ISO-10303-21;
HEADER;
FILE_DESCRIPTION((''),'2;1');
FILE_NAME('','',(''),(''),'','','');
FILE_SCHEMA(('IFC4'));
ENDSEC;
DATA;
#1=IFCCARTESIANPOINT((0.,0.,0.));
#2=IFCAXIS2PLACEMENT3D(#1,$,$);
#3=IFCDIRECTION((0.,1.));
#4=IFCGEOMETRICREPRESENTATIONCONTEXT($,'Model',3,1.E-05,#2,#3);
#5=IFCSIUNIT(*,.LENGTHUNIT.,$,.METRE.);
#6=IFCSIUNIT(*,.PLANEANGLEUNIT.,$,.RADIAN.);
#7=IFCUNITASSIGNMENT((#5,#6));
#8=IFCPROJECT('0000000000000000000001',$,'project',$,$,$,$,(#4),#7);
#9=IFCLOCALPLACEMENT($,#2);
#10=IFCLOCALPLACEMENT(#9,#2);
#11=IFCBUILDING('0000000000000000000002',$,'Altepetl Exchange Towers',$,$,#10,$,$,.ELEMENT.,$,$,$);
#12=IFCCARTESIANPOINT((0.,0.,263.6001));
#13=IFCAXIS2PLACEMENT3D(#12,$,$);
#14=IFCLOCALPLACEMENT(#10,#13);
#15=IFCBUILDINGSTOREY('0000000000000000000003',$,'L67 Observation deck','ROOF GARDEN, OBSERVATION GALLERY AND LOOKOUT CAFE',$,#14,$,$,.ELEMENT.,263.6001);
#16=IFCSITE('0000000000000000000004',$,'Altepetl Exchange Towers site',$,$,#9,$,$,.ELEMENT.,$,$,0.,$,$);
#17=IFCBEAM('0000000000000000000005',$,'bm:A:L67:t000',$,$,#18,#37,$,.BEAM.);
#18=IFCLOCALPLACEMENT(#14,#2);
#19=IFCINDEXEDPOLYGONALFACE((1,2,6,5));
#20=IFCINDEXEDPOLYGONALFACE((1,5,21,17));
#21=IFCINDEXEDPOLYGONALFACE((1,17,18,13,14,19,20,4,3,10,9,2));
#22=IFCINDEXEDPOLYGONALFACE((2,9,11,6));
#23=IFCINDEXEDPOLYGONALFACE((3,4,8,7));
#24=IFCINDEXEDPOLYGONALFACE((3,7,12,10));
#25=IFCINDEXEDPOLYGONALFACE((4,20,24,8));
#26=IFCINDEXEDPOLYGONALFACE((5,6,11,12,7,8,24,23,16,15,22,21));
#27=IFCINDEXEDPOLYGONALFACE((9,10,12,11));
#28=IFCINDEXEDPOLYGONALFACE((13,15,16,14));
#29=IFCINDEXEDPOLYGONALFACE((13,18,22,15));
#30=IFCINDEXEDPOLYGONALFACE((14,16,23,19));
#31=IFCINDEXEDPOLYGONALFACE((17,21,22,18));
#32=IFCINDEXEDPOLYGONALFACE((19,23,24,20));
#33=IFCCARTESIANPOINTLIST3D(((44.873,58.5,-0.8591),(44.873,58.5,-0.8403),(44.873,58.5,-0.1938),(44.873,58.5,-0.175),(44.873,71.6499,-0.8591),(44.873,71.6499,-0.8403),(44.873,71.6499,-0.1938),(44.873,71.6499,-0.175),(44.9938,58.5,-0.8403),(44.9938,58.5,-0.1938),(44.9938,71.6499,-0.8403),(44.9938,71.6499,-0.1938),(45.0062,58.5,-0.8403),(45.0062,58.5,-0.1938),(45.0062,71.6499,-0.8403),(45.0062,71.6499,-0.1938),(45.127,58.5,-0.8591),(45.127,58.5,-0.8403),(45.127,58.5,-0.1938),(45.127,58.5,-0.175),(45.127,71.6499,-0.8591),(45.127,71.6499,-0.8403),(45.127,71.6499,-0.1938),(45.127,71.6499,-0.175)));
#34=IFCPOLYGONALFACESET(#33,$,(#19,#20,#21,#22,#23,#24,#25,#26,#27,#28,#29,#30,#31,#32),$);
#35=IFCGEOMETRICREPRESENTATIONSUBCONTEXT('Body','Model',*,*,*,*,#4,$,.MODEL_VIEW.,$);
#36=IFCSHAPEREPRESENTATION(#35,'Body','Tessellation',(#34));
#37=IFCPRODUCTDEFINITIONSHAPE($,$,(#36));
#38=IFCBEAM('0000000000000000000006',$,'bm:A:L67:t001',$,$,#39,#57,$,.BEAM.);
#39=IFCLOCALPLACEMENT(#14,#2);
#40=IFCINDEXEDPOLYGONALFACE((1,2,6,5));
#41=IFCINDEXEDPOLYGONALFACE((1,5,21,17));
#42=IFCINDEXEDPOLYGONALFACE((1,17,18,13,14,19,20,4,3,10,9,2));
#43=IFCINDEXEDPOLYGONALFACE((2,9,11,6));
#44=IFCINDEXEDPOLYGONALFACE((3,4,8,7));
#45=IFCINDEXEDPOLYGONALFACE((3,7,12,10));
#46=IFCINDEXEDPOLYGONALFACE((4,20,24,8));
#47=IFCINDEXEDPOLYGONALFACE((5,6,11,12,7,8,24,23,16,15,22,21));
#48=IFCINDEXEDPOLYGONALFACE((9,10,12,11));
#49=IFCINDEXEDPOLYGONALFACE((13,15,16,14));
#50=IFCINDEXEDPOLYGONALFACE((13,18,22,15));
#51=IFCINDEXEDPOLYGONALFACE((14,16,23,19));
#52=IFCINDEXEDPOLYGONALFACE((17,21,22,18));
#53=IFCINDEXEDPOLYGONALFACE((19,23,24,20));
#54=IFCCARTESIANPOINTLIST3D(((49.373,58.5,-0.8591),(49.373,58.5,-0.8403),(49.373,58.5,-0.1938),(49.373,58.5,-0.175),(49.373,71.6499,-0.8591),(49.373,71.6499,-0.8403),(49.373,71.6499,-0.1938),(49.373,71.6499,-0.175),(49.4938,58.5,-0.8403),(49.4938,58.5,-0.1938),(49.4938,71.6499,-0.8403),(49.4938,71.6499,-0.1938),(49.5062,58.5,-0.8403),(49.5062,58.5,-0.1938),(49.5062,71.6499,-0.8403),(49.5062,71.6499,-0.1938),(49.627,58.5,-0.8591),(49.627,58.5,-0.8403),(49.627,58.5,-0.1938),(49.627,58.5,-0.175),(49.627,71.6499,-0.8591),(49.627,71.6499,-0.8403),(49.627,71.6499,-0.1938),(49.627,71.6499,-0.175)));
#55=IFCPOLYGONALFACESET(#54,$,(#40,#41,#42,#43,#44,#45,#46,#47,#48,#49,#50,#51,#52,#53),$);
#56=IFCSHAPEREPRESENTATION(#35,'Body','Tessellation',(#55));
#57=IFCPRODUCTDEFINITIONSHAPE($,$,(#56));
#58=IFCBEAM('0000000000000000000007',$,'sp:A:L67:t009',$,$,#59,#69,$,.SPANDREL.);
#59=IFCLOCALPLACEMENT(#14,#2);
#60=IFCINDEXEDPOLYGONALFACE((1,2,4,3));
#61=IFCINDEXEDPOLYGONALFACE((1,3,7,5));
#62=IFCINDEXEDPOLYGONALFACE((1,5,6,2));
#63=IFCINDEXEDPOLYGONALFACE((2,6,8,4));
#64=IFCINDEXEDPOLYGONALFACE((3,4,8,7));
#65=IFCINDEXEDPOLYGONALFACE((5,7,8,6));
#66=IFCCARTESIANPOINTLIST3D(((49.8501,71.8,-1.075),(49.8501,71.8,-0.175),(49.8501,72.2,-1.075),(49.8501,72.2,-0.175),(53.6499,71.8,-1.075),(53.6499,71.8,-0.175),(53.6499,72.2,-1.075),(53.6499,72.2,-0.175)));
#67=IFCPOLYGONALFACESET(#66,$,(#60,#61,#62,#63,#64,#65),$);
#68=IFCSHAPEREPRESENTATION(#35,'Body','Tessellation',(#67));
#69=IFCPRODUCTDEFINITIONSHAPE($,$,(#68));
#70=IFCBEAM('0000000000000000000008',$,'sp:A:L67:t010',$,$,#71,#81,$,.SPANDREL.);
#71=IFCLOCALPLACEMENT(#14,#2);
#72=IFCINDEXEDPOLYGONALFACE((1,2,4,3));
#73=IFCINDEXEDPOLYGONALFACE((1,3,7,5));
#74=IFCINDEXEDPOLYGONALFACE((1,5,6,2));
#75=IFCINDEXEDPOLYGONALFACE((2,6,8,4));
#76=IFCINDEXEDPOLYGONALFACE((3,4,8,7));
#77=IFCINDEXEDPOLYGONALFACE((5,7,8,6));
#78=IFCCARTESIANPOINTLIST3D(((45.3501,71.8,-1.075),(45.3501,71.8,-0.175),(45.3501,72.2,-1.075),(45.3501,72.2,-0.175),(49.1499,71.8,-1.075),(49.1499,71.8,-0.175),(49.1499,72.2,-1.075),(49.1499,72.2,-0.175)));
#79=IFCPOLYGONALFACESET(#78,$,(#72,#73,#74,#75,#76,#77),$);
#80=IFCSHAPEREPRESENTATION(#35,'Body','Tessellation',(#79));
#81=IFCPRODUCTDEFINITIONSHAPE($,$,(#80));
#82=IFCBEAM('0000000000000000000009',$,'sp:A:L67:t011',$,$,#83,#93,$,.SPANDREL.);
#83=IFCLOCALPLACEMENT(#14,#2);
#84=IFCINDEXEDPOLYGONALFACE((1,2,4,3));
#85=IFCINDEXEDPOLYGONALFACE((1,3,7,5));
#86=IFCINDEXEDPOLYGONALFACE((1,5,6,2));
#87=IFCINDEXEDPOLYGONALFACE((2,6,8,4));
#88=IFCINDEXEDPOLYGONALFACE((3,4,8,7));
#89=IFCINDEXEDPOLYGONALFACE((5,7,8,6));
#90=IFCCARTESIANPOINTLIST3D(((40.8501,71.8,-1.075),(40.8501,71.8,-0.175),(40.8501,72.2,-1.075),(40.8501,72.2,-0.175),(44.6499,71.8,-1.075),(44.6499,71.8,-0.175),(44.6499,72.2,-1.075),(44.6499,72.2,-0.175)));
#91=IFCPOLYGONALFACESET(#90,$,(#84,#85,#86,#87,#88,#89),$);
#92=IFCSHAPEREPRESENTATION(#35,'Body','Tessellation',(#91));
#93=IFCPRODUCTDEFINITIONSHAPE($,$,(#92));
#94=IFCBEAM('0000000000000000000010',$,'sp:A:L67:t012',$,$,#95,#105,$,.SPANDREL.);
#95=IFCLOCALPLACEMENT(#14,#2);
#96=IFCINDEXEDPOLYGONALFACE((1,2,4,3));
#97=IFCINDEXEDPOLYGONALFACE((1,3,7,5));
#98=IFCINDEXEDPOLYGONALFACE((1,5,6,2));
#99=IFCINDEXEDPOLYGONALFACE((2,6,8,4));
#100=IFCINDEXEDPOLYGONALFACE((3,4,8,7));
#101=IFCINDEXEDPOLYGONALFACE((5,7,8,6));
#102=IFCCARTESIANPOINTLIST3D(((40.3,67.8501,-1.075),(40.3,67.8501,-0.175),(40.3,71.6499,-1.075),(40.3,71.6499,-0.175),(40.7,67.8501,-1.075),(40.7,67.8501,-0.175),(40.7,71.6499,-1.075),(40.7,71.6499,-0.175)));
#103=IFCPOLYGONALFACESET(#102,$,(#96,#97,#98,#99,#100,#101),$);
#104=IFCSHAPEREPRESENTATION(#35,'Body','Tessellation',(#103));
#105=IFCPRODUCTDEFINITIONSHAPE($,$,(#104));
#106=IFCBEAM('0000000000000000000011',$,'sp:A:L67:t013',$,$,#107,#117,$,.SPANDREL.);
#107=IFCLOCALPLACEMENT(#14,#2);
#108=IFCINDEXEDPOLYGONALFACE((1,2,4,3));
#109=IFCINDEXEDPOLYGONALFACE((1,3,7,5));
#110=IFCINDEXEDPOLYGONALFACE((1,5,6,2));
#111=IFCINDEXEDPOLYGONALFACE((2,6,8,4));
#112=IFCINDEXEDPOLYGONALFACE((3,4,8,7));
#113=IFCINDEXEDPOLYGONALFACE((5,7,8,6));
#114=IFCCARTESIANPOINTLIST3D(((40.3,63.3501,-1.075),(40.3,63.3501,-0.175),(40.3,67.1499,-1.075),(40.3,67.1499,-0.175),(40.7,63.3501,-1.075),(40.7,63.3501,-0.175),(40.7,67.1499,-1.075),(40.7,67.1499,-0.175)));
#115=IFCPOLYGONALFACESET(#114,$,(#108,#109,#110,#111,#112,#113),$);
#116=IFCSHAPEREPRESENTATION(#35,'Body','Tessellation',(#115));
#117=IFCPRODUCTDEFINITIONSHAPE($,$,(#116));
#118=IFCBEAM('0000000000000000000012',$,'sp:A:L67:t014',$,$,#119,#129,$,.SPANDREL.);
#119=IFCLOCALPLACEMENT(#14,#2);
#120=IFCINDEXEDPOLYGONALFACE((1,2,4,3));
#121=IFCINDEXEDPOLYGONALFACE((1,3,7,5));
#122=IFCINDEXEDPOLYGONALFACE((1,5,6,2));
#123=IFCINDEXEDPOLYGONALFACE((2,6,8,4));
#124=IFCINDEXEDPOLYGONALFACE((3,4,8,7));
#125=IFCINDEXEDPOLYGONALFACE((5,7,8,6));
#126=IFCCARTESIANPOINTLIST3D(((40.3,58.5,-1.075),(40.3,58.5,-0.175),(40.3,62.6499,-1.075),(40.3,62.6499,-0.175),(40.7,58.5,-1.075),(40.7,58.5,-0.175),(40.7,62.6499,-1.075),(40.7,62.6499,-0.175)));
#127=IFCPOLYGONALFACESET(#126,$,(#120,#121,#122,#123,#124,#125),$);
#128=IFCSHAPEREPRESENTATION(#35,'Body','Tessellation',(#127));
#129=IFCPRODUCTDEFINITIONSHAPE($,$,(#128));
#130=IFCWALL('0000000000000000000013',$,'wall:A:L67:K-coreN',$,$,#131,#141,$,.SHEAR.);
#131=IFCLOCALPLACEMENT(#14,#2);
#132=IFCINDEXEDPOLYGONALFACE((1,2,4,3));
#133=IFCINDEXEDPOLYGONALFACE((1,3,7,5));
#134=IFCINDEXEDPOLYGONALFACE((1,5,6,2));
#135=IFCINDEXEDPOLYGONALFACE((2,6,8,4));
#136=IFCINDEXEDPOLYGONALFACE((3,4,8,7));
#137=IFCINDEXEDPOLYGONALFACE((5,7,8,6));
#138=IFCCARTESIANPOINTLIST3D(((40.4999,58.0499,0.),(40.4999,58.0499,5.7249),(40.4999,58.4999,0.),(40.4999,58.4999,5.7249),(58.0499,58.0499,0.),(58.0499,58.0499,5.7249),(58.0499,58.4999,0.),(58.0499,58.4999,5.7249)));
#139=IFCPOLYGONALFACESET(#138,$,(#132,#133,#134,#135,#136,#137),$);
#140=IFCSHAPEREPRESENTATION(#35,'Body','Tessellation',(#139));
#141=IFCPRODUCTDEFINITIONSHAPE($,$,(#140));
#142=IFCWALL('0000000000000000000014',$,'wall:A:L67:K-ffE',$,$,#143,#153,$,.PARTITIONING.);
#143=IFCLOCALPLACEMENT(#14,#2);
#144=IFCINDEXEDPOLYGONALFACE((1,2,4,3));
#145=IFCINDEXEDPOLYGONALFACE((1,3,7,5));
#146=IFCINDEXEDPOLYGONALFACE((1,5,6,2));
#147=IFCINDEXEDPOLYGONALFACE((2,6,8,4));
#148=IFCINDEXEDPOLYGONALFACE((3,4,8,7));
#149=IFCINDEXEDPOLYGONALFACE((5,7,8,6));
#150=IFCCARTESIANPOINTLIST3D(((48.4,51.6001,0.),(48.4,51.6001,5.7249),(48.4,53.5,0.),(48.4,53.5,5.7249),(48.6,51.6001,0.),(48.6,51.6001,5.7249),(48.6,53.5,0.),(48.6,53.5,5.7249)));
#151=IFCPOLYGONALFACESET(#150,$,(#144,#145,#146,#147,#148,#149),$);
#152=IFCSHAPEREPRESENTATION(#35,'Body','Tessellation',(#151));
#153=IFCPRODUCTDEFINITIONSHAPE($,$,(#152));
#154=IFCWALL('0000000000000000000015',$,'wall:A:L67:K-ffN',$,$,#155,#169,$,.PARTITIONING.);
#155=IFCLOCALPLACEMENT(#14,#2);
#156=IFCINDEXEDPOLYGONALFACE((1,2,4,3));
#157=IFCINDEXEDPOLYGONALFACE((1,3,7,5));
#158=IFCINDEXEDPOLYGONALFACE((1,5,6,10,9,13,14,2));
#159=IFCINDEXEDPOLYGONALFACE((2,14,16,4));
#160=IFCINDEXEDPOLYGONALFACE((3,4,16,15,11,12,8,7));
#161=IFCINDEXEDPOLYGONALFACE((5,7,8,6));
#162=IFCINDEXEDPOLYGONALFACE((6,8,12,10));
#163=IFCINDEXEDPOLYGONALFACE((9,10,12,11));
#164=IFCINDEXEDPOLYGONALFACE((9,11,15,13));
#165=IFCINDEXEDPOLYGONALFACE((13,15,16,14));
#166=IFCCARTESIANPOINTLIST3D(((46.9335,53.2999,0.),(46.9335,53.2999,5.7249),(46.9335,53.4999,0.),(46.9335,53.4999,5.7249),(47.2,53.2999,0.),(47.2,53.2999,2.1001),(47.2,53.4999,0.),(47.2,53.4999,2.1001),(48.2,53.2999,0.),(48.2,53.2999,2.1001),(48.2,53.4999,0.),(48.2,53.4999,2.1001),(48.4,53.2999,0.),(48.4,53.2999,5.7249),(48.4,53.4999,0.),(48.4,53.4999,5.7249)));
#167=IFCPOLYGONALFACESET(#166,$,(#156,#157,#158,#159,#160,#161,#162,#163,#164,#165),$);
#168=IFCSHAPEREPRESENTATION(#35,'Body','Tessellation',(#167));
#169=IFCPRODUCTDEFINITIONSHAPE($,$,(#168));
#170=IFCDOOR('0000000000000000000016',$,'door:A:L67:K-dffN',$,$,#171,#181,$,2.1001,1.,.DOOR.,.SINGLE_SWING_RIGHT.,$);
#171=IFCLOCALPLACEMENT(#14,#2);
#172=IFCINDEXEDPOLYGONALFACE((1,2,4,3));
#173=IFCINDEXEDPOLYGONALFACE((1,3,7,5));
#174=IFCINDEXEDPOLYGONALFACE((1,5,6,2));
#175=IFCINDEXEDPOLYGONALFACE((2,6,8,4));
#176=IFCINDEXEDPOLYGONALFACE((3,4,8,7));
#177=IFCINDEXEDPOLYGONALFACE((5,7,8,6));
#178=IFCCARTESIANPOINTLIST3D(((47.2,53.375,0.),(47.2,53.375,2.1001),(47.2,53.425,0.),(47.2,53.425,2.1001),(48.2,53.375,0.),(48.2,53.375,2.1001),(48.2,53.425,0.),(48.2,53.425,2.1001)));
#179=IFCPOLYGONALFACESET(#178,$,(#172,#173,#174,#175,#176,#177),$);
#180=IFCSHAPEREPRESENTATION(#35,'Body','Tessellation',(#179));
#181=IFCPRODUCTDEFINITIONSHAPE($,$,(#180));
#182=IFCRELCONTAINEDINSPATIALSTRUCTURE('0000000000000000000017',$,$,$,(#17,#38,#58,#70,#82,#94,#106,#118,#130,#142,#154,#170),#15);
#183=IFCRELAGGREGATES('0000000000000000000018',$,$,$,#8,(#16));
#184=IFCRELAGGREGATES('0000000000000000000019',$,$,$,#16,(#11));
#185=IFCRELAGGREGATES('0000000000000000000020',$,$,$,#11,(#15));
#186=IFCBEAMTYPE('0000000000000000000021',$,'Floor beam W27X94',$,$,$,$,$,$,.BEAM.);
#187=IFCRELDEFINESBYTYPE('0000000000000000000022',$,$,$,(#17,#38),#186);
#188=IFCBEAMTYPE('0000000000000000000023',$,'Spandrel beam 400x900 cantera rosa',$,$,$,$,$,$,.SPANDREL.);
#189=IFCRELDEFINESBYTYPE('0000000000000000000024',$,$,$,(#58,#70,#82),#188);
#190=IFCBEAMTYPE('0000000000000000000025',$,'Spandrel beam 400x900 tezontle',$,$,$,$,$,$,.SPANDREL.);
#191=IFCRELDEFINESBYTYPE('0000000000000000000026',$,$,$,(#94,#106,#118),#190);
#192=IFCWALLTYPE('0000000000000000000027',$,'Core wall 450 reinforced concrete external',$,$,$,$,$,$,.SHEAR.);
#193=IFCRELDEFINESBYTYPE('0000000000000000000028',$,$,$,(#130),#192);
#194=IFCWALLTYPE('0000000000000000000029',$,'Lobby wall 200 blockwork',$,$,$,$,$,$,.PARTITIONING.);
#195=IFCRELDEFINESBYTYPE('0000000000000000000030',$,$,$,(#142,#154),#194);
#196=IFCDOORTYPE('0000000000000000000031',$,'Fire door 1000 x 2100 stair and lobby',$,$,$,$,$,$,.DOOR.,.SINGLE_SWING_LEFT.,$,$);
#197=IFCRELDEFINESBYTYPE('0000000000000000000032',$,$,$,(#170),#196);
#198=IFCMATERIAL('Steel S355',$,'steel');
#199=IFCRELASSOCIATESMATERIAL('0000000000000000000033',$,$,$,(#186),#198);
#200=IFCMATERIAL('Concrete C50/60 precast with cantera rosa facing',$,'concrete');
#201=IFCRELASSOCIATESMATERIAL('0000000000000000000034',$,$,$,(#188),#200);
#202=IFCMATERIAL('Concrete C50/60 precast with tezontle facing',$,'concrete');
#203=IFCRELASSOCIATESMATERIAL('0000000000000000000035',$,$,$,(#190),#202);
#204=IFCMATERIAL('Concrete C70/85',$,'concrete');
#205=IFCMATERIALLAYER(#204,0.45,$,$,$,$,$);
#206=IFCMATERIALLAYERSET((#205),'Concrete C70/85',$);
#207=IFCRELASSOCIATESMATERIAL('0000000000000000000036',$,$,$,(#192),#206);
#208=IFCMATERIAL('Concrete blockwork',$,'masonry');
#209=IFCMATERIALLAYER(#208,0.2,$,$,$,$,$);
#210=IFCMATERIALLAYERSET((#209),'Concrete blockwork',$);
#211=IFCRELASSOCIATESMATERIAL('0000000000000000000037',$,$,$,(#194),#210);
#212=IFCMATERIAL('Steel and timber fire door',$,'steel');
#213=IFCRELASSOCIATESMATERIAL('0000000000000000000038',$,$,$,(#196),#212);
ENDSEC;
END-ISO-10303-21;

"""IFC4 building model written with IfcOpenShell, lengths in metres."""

from ifc_helpers import new_model, si_unit, direction, frame, frame_2d, origin, origin_2d, place, context, subcontext, project, spatial, rectangle, i_section, extrude, material, layer, layer_set, material_profile, profile_set, type_object, element, fill, save


model = new_model("IFC4")

# Units and contexts
model_context = context("Model", 3, precision=1e-05, world=origin(), true_north=direction((0.0, 1.0)))
body_context = subcontext(model_context, "Body", "Model", "MODEL_VIEW")
ifc_project = project(units=[si_unit("LENGTHUNIT", "METRE"), si_unit("PLANEANGLEUNIT", "RADIAN")], contexts=[model_context])

# Site, building, storey
site_placement = place(None, origin())
site = spatial("IfcSite", under=ifc_project, at=site_placement, Name="Altepetl Exchange Towers site", CompositionType="ELEMENT", RefElevation=0.0)
building_placement = place(site_placement, origin())
building = spatial("IfcBuilding", under=site, at=building_placement, Name="Altepetl Exchange Towers", CompositionType="ELEMENT")
storey_placement = place(building_placement, frame((0.0, 0.0, 263.6001)))
storey = spatial("IfcBuildingStorey", under=building, at=storey_placement, Name="L67 Observation deck", Description="ROOF GARDEN, OBSERVATION GALLERY AND LOOKOUT CAFE", CompositionType="ELEMENT", Elevation=263.6001)

# Beams
ifc_material_1 = material(Name="Steel S355", Category="steel")
ifc_material_profile_1 = material_profile(ifc_material_1, i_section(OverallWidth=0.2539, OverallDepth=0.6841, WebThickness=0.0125, FlangeThickness=0.0188, at=origin_2d()), Name="W27X94")
ifc_profile_set_1 = profile_set([ifc_material_profile_1], Name="Steel S355")
beam_type_1 = type_object("IfcBeamType", Name="Floor beam W27X94", PredefinedType="BEAM", material=ifc_profile_set_1)
for number, where, z_axis, x_axis, name in (
    (1, (45.0, 58.5, -0.5171), (0.0, 1.0, 0.0), (-1.0, 0.0, 0.0), "bm:A:L67:t000"),
    (2, (49.5, 58.5, -0.5171), (0.0, 1.0, 0.0), (-1.0, 0.0, 0.0), "bm:A:L67:t001"),
):
    element("IfcBeam", number, at=place(storey_placement, frame(where, z_axis=z_axis, x_axis=x_axis)), inside=storey, type_object=beam_type_1, Name=name, PredefinedType="BEAM", context=body_context, shape_type="SweptSolid", body=[
        extrude(i_section(OverallWidth=0.2539, OverallDepth=0.6841, WebThickness=0.0125, FlangeThickness=0.0188, at=origin_2d()), origin(), (0.0, 0.0, 1.0), 13.1499),
    ])
ifc_material_2 = material(Name="Concrete C50/60 precast with cantera rosa facing", Category="concrete")
ifc_material_profile_2 = material_profile(ifc_material_2, rectangle(XDim=0.3999, YDim=0.8999, at=origin_2d()), Name="400 x 900")
ifc_profile_set_2 = profile_set([ifc_material_profile_2], Name="Concrete C50/60 precast with cantera rosa facing")
beam_type_2 = type_object("IfcBeamType", Name="Spandrel beam 400x900 cantera rosa", PredefinedType="SPANDREL", material=ifc_profile_set_2)
for number, where, z_axis, x_axis, name in (
    (3, (53.6499, 72.0, -0.625), (-1.0, 0.0, 0.0), (0.0, -1.0, 0.0), "sp:A:L67:t009"),
    (4, (49.1499, 72.0, -0.625), (-1.0, 0.0, 0.0), (0.0, -1.0, 0.0), "sp:A:L67:t010"),
    (5, (44.6499, 72.0, -0.625), (-1.0, 0.0, 0.0), (0.0, -1.0, 0.0), "sp:A:L67:t011"),
):
    element("IfcBeam", number, at=place(storey_placement, frame(where, z_axis=z_axis, x_axis=x_axis)), inside=storey, type_object=beam_type_2, Name=name, PredefinedType="SPANDREL", context=body_context, shape_type="SweptSolid", body=[
        extrude(rectangle(XDim=0.3999, YDim=0.8999, at=origin_2d()), origin(), (0.0, 0.0, 1.0), 3.7998),
    ])
ifc_material_3 = material(Name="Concrete C50/60 precast with tezontle facing", Category="concrete")
ifc_material_profile_3 = material_profile(ifc_material_3, rectangle(XDim=0.3999, YDim=0.8999, at=origin_2d()), Name="400 x 900")
ifc_profile_set_3 = profile_set([ifc_material_profile_3], Name="Concrete C50/60 precast with tezontle facing")
beam_type_3 = type_object("IfcBeamType", Name="Spandrel beam 400x900 tezontle", PredefinedType="SPANDREL", material=ifc_profile_set_3)
for number, where, z_axis, x_axis, name in (
    (6, (40.5, 71.6499, -0.625), (0.0, -1.0, 0.0), (1.0, 0.0, 0.0), "sp:A:L67:t012"),
    (7, (40.5, 67.1499, -0.625), (0.0, -1.0, 0.0), (1.0, 0.0, 0.0), "sp:A:L67:t013"),
):
    element("IfcBeam", number, at=place(storey_placement, frame(where, z_axis=z_axis, x_axis=x_axis)), inside=storey, type_object=beam_type_3, Name=name, PredefinedType="SPANDREL", context=body_context, shape_type="SweptSolid", body=[
        extrude(rectangle(XDim=0.3999, YDim=0.8999, at=origin_2d()), origin(), (0.0, 0.0, 1.0), 3.7998),
    ])
beam_placement = place(storey_placement, frame((40.5, 62.6499, -0.625), z_axis=(0.0, -1.0, 0.0), x_axis=(1.0, 0.0, 0.0)))
element("IfcBeam", 8, at=beam_placement, inside=storey, type_object=beam_type_3, Name="sp:A:L67:t014", PredefinedType="SPANDREL", context=body_context, shape_type="SweptSolid", body=[
    extrude(rectangle(XDim=0.3999, YDim=0.8999, at=origin_2d()), origin(), (0.0, 0.0, 1.0), 4.1499),
])

# Walls
ifc_material_4 = material(Name="Concrete C70/85", Category="concrete")
ifc_layer_1 = layer(ifc_material_4, 0.45)
ifc_layer_set_1 = layer_set([ifc_layer_1], Name="Concrete C70/85")
wall_type_1 = type_object("IfcWallType", Name="Core wall 450 reinforced concrete external", PredefinedType="SHEAR", material=ifc_layer_set_1)
wall_1_placement = place(storey_placement, frame((40.5, 58.2749, 0.0)))
element("IfcWall", 9, at=wall_1_placement, inside=storey, type_object=wall_type_1, Name="wall:A:L67:K-coreN", PredefinedType="SHEAR", context=body_context, shape_type="SweptSolid", body=[
    extrude(rectangle(XDim=17.55, YDim=0.45, at=frame_2d((8.7749, 0.0))), origin(), (0.0, 0.0, 1.0), 5.7249),
])
ifc_material_5 = material(Name="Concrete blockwork", Category="masonry")
ifc_layer_2 = layer(ifc_material_5, 0.2)
ifc_layer_set_2 = layer_set([ifc_layer_2], Name="Concrete blockwork")
wall_type_2 = type_object("IfcWallType", Name="Lobby wall 200 blockwork", PredefinedType="PARTITIONING", material=ifc_layer_set_2)
wall_2_placement = place(storey_placement, frame((48.5, 51.6001, 0.0), z_axis=(0.0, 0.0, 1.0), x_axis=(0.0, 1.0, 0.0)))
element("IfcWall", 10, at=wall_2_placement, inside=storey, type_object=wall_type_2, Name="wall:A:L67:K-ffE", PredefinedType="PARTITIONING", context=body_context, shape_type="SweptSolid", body=[
    extrude(rectangle(XDim=1.8999, YDim=0.2, at=frame_2d((0.95, 0.0))), origin(), (0.0, 0.0, 1.0), 5.7249),
])

# Wall, opening, door
wall_3_placement = place(storey_placement, frame((46.9333, 53.3999, 0.0)))
wall_3 = element("IfcWall", 11, at=wall_3_placement, inside=storey, type_object=wall_type_2, Name="wall:A:L67:K-ffN", PredefinedType="PARTITIONING", context=body_context, shape_type="SweptSolid", body=[
    extrude(rectangle(XDim=1.4666, YDim=0.2, at=frame_2d((0.7334, 0.0))), origin(), (0.0, 0.0, 1.0), 5.7249),
])
opening_1_placement = place(wall_3_placement, frame((0.2666, 0.0, 0.0)))
opening_1 = element("IfcOpeningElement", 12, at=opening_1_placement, cuts=wall_3, PredefinedType="OPENING", context=body_context, shape_type="SweptSolid", body=[
    extrude(rectangle(XDim=1.0, YDim=2.1001, at=frame_2d((0.5, 1.05))), frame((0.0, 0.1099, 0.0), z_axis=(0.0, -1.0, 0.0), x_axis=(1.0, 0.0, 0.0)), (0.0, 0.0, 1.0), 0.22),
])
ifc_material_6 = material(Name="Steel and timber fire door", Category="steel")
door_type_1 = type_object("IfcDoorType", Name="Fire door 1000 x 2100 stair and lobby", OperationType="SINGLE_SWING_LEFT", PredefinedType="DOOR", material=ifc_material_6)
door_1_placement = place(opening_1_placement, frame((1.0, 0.0, 0.0), x_axis=(-1.0, 0.0, 0.0)))
door_1 = element("IfcDoor", 13, at=door_1_placement, inside=storey, type_object=door_type_1, Name="door:A:L67:K-dffN", OperationType="SINGLE_SWING_RIGHT", OverallHeight=2.1001, OverallWidth=1.0, PredefinedType="DOOR", context=body_context, shape_type="SweptSolid", body=[
    extrude(rectangle(XDim=1.0, YDim=2.1001, at=frame_2d((0.5, 1.05))), frame((0.0, 0.0249, 0.0), z_axis=(0.0, -1.0, 0.0), x_axis=(1.0, 0.0, 0.0)), (0.0, 0.0, 1.0), 0.05),
])
fill(opening_1, door_1)

save(model, "model.ifc")
